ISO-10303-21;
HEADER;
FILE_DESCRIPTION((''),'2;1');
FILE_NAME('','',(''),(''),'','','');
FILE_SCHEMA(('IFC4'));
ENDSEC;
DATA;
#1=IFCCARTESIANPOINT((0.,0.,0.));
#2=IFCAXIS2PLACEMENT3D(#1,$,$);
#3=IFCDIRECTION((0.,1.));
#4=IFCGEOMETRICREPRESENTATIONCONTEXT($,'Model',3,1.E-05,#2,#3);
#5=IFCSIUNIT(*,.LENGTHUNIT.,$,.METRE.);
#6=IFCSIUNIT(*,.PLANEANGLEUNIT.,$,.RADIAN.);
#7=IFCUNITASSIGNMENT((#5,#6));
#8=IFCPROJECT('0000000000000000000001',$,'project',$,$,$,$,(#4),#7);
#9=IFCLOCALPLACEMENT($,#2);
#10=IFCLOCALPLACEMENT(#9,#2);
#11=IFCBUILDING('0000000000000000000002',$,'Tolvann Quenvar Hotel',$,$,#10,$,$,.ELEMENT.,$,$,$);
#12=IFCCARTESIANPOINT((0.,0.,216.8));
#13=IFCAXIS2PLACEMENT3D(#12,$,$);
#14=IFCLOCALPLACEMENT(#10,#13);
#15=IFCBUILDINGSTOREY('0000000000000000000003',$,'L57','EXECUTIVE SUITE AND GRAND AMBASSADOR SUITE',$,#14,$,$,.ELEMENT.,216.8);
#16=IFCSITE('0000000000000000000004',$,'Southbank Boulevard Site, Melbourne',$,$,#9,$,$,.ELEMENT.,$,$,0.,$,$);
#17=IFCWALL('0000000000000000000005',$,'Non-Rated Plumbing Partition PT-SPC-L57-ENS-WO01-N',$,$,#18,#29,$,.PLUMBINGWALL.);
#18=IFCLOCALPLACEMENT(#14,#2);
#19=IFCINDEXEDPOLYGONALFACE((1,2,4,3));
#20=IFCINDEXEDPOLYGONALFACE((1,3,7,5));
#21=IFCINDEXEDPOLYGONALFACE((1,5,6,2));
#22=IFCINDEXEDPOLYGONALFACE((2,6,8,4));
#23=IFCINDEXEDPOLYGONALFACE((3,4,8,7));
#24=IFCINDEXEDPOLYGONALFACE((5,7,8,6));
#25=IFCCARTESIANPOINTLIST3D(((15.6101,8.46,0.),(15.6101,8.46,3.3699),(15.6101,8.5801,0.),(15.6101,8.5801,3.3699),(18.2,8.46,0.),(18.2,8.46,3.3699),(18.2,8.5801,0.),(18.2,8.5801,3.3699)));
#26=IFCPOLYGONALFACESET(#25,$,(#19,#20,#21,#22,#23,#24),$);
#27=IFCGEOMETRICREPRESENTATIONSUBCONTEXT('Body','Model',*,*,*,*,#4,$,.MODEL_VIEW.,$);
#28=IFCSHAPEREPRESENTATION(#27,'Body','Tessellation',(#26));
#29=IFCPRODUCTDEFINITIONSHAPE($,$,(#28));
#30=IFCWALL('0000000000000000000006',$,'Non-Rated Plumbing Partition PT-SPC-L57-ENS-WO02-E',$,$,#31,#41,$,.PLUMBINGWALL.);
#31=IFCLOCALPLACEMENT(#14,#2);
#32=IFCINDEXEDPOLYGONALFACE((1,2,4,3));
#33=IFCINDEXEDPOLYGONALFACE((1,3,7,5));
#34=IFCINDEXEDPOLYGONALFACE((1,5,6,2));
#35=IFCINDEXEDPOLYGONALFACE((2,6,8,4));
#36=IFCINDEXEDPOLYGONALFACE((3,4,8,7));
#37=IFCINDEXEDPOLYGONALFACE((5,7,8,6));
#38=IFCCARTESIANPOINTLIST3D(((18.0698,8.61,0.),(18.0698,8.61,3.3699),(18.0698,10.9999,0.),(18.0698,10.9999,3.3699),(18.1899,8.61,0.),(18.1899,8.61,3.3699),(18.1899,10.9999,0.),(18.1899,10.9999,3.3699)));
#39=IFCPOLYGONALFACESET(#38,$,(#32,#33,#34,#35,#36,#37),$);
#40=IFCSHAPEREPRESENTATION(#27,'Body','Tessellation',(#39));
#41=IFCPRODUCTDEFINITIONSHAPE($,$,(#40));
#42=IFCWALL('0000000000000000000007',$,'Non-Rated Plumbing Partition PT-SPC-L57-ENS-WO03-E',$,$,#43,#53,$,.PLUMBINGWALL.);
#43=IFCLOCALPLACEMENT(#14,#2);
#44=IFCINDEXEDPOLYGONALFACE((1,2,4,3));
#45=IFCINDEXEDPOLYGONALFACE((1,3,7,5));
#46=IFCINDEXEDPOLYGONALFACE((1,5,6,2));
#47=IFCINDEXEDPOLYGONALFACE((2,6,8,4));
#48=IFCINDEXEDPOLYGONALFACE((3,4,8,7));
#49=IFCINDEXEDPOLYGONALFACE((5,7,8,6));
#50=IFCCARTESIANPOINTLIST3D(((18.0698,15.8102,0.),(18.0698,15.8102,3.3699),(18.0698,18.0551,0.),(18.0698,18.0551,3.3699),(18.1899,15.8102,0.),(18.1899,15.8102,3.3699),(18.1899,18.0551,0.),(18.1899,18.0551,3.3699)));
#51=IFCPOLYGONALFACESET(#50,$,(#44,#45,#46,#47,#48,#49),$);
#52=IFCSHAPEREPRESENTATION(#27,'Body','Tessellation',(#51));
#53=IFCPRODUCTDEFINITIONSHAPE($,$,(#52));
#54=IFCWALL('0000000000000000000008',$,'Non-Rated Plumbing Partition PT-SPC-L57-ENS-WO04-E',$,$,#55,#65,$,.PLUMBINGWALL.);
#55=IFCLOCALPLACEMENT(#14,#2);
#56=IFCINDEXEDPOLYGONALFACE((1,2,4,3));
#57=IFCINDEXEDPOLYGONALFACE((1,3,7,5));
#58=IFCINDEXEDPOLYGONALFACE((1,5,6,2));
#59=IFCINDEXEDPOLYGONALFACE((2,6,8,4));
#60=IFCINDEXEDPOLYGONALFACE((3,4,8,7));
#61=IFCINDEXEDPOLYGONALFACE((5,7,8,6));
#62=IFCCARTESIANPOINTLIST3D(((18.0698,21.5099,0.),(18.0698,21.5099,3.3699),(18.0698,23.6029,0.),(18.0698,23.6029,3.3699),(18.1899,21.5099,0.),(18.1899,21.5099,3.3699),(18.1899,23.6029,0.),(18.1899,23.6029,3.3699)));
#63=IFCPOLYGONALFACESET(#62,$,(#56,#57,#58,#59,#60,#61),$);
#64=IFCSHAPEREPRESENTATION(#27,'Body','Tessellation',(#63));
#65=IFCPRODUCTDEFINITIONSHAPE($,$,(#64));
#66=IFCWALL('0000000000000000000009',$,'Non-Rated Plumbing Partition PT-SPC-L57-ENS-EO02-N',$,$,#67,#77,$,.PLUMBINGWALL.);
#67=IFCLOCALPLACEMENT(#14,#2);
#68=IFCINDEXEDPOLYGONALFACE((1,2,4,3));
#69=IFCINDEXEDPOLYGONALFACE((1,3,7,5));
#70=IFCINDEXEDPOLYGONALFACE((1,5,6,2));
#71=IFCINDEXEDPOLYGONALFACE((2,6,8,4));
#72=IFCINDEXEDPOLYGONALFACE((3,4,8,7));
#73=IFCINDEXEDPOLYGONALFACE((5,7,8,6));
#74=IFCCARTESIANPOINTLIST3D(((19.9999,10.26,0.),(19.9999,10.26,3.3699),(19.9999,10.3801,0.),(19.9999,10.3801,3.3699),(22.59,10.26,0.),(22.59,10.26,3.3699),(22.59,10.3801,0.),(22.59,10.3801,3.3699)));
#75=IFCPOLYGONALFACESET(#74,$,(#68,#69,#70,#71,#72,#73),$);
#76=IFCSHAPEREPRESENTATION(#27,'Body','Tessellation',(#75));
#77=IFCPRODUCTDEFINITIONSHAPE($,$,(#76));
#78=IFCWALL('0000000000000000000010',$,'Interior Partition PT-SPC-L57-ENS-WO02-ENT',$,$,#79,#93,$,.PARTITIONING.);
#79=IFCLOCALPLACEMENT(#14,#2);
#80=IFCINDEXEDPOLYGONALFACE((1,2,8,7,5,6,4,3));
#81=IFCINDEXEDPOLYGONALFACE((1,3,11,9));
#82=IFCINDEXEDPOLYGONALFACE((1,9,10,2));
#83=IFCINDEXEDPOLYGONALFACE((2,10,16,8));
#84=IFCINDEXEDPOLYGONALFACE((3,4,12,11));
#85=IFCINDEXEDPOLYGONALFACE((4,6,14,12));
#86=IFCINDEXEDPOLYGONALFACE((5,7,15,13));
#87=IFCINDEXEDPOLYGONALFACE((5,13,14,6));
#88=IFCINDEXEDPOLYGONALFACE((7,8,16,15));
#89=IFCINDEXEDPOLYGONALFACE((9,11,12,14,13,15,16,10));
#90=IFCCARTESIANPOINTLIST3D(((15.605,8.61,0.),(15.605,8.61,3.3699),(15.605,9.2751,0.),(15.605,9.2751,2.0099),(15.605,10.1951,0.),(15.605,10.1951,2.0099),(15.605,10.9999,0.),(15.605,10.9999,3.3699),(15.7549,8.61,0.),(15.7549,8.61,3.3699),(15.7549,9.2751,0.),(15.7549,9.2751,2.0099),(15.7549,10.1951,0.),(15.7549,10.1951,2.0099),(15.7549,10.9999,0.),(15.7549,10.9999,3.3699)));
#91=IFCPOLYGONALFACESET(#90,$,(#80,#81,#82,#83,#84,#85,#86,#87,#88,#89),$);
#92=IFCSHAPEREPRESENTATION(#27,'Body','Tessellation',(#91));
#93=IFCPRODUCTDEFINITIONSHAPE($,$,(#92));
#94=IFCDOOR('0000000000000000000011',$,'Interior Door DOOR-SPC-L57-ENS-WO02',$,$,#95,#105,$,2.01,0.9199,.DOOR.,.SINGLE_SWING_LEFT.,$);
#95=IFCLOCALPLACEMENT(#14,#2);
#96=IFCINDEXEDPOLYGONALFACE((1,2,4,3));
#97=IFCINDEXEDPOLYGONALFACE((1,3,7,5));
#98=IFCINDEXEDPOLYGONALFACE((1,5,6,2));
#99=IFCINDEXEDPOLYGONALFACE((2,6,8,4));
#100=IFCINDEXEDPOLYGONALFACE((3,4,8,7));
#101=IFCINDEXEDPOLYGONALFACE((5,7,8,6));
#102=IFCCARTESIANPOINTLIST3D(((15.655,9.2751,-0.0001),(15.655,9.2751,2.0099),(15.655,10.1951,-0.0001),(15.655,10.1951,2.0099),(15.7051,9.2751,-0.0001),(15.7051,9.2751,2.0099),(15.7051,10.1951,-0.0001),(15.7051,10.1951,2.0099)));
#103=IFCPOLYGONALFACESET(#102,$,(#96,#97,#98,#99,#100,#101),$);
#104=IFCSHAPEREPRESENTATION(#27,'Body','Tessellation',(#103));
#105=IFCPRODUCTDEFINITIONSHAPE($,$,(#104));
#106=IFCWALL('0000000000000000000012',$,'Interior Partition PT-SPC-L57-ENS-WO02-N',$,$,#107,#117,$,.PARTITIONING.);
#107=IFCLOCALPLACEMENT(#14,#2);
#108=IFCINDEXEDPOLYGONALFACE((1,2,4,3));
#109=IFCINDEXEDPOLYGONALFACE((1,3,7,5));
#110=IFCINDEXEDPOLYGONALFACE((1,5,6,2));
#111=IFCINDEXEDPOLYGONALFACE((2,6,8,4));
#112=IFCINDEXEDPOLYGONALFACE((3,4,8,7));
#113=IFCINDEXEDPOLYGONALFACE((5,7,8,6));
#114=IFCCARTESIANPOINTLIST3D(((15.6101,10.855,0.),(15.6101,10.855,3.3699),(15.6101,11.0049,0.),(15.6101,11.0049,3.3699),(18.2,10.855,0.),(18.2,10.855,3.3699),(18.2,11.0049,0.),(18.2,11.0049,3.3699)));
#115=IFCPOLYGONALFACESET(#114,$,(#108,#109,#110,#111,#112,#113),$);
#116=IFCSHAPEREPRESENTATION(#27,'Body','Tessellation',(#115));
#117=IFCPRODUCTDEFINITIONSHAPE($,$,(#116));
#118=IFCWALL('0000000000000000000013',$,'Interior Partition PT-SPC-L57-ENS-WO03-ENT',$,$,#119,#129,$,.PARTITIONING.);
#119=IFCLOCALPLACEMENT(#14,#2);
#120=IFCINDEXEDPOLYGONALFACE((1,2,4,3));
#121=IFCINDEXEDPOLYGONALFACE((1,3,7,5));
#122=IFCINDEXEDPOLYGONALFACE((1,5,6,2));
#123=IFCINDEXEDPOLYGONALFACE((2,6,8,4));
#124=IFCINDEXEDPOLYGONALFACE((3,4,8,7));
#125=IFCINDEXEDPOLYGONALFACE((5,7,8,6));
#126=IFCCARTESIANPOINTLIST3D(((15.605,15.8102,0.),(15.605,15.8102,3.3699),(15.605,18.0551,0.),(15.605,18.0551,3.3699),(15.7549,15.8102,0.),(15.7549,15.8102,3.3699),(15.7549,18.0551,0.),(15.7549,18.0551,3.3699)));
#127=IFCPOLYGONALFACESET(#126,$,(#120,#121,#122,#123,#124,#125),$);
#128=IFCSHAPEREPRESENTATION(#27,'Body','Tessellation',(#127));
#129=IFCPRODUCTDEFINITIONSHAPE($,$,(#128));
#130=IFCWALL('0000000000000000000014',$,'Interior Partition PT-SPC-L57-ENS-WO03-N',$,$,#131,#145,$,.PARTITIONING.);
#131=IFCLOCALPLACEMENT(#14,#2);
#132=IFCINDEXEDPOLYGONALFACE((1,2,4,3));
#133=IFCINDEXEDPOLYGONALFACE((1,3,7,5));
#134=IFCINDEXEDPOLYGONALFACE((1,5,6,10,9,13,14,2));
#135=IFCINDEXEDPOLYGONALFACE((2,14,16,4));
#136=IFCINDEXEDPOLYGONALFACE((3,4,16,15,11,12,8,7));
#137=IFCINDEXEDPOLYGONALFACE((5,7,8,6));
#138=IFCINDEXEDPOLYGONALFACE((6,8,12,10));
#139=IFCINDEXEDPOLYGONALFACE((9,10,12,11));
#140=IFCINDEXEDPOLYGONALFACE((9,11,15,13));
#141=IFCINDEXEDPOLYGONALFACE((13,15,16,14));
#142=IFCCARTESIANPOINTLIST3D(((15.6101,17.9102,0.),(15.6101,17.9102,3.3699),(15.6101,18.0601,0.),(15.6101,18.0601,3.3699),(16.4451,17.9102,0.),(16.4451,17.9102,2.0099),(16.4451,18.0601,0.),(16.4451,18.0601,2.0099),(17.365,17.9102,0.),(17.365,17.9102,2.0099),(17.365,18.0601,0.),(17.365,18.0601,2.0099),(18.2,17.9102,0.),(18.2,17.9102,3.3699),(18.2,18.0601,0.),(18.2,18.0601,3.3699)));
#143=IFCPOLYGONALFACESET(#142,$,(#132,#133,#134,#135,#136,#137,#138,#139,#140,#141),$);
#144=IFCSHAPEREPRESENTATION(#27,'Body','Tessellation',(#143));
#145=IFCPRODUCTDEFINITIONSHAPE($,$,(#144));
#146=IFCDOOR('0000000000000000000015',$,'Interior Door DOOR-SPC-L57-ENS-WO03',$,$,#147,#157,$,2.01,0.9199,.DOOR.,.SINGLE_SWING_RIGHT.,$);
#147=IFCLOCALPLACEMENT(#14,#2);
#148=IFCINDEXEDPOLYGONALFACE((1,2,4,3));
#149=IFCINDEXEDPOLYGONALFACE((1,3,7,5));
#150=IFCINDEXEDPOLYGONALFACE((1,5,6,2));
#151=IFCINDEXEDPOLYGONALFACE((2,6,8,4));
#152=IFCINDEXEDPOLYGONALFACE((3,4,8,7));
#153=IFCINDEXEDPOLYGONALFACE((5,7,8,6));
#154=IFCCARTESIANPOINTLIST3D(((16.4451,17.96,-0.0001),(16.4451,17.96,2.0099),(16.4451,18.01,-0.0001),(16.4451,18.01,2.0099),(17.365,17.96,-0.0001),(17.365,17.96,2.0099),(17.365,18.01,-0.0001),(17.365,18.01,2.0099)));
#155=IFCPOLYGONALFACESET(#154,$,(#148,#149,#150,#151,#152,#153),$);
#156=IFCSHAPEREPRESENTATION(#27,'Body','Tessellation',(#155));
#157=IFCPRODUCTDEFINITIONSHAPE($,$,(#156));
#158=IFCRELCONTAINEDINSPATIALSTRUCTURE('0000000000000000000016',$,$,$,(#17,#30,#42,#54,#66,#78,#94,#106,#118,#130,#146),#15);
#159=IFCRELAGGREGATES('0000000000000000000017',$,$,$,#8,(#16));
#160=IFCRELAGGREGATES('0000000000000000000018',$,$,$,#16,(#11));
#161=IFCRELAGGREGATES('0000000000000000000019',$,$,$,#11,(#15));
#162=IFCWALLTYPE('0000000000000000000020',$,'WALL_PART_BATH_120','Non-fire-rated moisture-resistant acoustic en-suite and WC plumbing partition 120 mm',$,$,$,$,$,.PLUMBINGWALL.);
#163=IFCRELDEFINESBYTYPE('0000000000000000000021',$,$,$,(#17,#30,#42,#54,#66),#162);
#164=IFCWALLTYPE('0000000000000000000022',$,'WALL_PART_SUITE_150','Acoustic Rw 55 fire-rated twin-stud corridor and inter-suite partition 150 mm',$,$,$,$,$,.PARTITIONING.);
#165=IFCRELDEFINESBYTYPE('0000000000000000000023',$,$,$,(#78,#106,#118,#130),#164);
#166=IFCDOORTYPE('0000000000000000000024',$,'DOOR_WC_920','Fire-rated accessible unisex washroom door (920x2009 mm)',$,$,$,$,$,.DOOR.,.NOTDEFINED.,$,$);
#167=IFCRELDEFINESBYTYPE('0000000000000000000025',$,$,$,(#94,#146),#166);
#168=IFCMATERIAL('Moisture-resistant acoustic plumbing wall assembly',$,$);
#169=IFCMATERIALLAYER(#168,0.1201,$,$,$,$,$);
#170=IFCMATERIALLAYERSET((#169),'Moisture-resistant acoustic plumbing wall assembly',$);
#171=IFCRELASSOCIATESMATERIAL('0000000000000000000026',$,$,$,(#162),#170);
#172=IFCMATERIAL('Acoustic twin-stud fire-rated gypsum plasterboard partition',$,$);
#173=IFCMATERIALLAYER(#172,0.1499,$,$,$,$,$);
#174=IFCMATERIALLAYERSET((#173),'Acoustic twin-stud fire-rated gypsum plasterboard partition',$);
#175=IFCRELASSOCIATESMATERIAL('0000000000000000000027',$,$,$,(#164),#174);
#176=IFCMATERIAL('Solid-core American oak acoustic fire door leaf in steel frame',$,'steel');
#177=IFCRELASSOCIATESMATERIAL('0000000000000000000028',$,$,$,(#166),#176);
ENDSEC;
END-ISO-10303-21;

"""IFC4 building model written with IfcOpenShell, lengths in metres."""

from ifc_helpers import new_model, si_unit, direction, frame, frame_2d, origin, place, context, subcontext, project, spatial, rectangle, extrude, source, transform, mapped, material, layer, layer_set, type_object, type_shapes, element, fill, save


model = new_model("IFC4")

# Units and contexts
model_context = context("Model", 3, precision=1e-05, world=origin(), true_north=direction((0.0, 1.0)))
body_context = subcontext(model_context, "Body", "Model", "MODEL_VIEW")
ifc_project = project(units=[si_unit("LENGTHUNIT", "METRE"), si_unit("PLANEANGLEUNIT", "RADIAN")], contexts=[model_context])

# Site, building, storey
site_placement = place(None, origin())
site = spatial("IfcSite", under=ifc_project, at=site_placement, Name="Southbank Boulevard Site, Melbourne", CompositionType="ELEMENT", RefElevation=0.0)
building_placement = place(site_placement, origin())
building = spatial("IfcBuilding", under=site, at=building_placement, Name="Tolvann Quenvar Hotel", CompositionType="ELEMENT")
storey_placement = place(building_placement, frame((0.0, 0.0, 216.8)))
storey = spatial("IfcBuildingStorey", under=building, at=storey_placement, Name="L57", Description="EXECUTIVE SUITE AND GRAND AMBASSADOR SUITE", CompositionType="ELEMENT", Elevation=216.8)

# Walls
ifc_material_1 = material(Name="Moisture-resistant acoustic plumbing wall assembly")
ifc_layer_1 = layer(ifc_material_1, 0.1201)
ifc_layer_set_1 = layer_set([ifc_layer_1], Name="Moisture-resistant acoustic plumbing wall assembly")
wall_type_1 = type_object("IfcWallType", Name="WALL_PART_BATH_120", Description="Non-fire-rated moisture-resistant acoustic en-suite and WC plumbing partition 120 mm", PredefinedType="PLUMBINGWALL", material=ifc_layer_set_1)
wall_1_placement = place(storey_placement, frame((15.6101, 8.52, 0.0), z_axis=(0.0, 0.0, 1.0), x_axis=(1.0, 0.0, 0.0)))
element("IfcWall", 1, at=wall_1_placement, inside=storey, type_object=wall_type_1, Name="Non-Rated Plumbing Partition PT-SPC-L57-ENS-WO01-N", PredefinedType="PLUMBINGWALL", context=body_context, shape_type="SweptSolid", body=[
    extrude(rectangle(XDim=2.5898, YDim=0.1201, at=frame_2d((1.2949, 0.0))), origin(), (0.0, 0.0, 1.0), 3.3699),
])
wall_2_placement = place(storey_placement, frame((18.1299, 8.6101, 0.0), z_axis=(0.0, 0.0, 1.0), x_axis=(0.0, 1.0, 0.0)))
element("IfcWall", 2, at=wall_2_placement, inside=storey, type_object=wall_type_1, Name="Non-Rated Plumbing Partition PT-SPC-L57-ENS-WO02-E", PredefinedType="PLUMBINGWALL", context=body_context, shape_type="SweptSolid", body=[
    extrude(rectangle(XDim=2.3899, YDim=0.1201, at=frame_2d((1.1948, 0.0))), origin(), (0.0, 0.0, 1.0), 3.3699),
])
wall_3_placement = place(storey_placement, frame((18.1299, 15.8101, 0.0), z_axis=(0.0, 0.0, 1.0), x_axis=(0.0, 1.0, 0.0)))
element("IfcWall", 3, at=wall_3_placement, inside=storey, type_object=wall_type_1, Name="Non-Rated Plumbing Partition PT-SPC-L57-ENS-WO03-E", PredefinedType="PLUMBINGWALL", context=body_context, shape_type="SweptSolid", body=[
    extrude(rectangle(XDim=2.2449, YDim=0.1201, at=frame_2d((1.1226, 0.0))), origin(), (0.0, 0.0, 1.0), 3.3699),
])
wall_4_placement = place(storey_placement, frame((18.1299, 21.51, 0.0), z_axis=(0.0, 0.0, 1.0), x_axis=(0.0, 1.0, 0.0)))
element("IfcWall", 4, at=wall_4_placement, inside=storey, type_object=wall_type_1, Name="Non-Rated Plumbing Partition PT-SPC-L57-ENS-WO04-E", PredefinedType="PLUMBINGWALL", context=body_context, shape_type="SweptSolid", body=[
    extrude(rectangle(XDim=2.093, YDim=0.1201, at=frame_2d((1.0464, 0.0))), origin(), (0.0, 0.0, 1.0), 3.3699),
])
wall_5_placement = place(storey_placement, frame((20.0, 10.3201, 0.0), z_axis=(0.0, 0.0, 1.0), x_axis=(1.0, 0.0, 0.0)))
element("IfcWall", 5, at=wall_5_placement, inside=storey, type_object=wall_type_1, Name="Non-Rated Plumbing Partition PT-SPC-L57-ENS-EO02-N", PredefinedType="PLUMBINGWALL", context=body_context, shape_type="SweptSolid", body=[
    extrude(rectangle(XDim=2.5901, YDim=0.1201, at=frame_2d((1.2949, 0.0))), origin(), (0.0, 0.0, 1.0), 3.3699),
])

# Wall, opening, door
ifc_material_2 = material(Name="Acoustic twin-stud fire-rated gypsum plasterboard partition")
ifc_layer_2 = layer(ifc_material_2, 0.1499)
ifc_layer_set_2 = layer_set([ifc_layer_2], Name="Acoustic twin-stud fire-rated gypsum plasterboard partition")
wall_type_2 = type_object("IfcWallType", Name="WALL_PART_SUITE_150", Description="Acoustic Rw 55 fire-rated twin-stud corridor and inter-suite partition 150 mm", PredefinedType="PARTITIONING", material=ifc_layer_set_2)
wall_6_placement = place(storey_placement, frame((15.6799, 8.6101, 0.0), z_axis=(0.0, 0.0, 1.0), x_axis=(0.0, 1.0, 0.0)))
wall_6 = element("IfcWall", 6, at=wall_6_placement, inside=storey, type_object=wall_type_2, Name="Interior Partition PT-SPC-L57-ENS-WO02-ENT", PredefinedType="PARTITIONING", context=body_context, shape_type="SweptSolid", body=[
    extrude(rectangle(XDim=2.3899, YDim=0.1499, at=frame_2d((1.1948, 0.0))), origin(), (0.0, 0.0, 1.0), 3.3699),
])
opening_1_placement = place(wall_6_placement, frame((0.665, 0.0, 0.0)))
opening_1 = element("IfcOpeningElement", 7, at=opening_1_placement, cuts=wall_6, PredefinedType="OPENING", context=body_context, shape_type="SweptSolid", body=[
    extrude(rectangle(XDim=0.9199, YDim=2.01, at=frame_2d((0.46, 1.0049))), frame((0.0, 0.085, 0.0), z_axis=(0.0, -1.0, 0.0), x_axis=(1.0, 0.0, 0.0)), (0.0, 0.0, 1.0), 0.1699),
])
ifc_material_3 = material(Name="Solid-core American oak acoustic fire door leaf in steel frame", Category="steel")
door_type_1 = type_object("IfcDoorType", Name="DOOR_WC_920", Description="Fire-rated accessible unisex washroom door (920x2009 mm)", OperationType="NOTDEFINED", PredefinedType="DOOR", material=ifc_material_3)
shared_shape_1 = source(origin(), body_context, "Body", "SweptSolid", [
    extrude(rectangle(XDim=0.9199, YDim=2.01, at=frame_2d((0.46, 1.0049))), frame((0.0, 0.0249, 0.0), z_axis=(0.0, -1.0, 0.0), x_axis=(1.0, 0.0, 0.0)), (0.0, 0.0, 1.0), 0.05),
])
type_shapes(door_type_1, [shared_shape_1])
door_1_placement = place(opening_1_placement, origin())
door_1 = element("IfcDoor", 8, at=door_1_placement, inside=storey, type_object=door_type_1, Name="Interior Door DOOR-SPC-L57-ENS-WO02", OperationType="SINGLE_SWING_LEFT", OverallHeight=2.01, OverallWidth=0.9199, PredefinedType="DOOR", context=body_context, shape_type="MappedRepresentation", body=[
    mapped(shared_shape_1, transform((0.0, 0.0, 0.0), x_axis=(1.0, 0.0, 0.0), y_axis=(0.0, 1.0, 0.0), z_axis=(0.0, 0.0, 1.0), scale=1.0)),
])
fill(opening_1, door_1)

# Walls
wall_7_placement = place(storey_placement, frame((15.6101, 10.9299, 0.0), z_axis=(0.0, 0.0, 1.0), x_axis=(1.0, 0.0, 0.0)))
element("IfcWall", 9, at=wall_7_placement, inside=storey, type_object=wall_type_2, Name="Interior Partition PT-SPC-L57-ENS-WO02-N", PredefinedType="PARTITIONING", context=body_context, shape_type="SweptSolid", body=[
    extrude(rectangle(XDim=2.5898, YDim=0.1499, at=frame_2d((1.2949, 0.0))), origin(), (0.0, 0.0, 1.0), 3.3699),
])
wall_8_placement = place(storey_placement, frame((15.6799, 15.8101, 0.0), z_axis=(0.0, 0.0, 1.0), x_axis=(0.0, 1.0, 0.0)))
element("IfcWall", 10, at=wall_8_placement, inside=storey, type_object=wall_type_2, Name="Interior Partition PT-SPC-L57-ENS-WO03-ENT", PredefinedType="PARTITIONING", context=body_context, shape_type="SweptSolid", body=[
    extrude(rectangle(XDim=2.2449, YDim=0.1499, at=frame_2d((1.1226, 0.0))), origin(), (0.0, 0.0, 1.0), 3.3699),
])

# Wall, opening, door
wall_9_placement = place(storey_placement, frame((15.6101, 17.9851, 0.0), z_axis=(0.0, 0.0, 1.0), x_axis=(1.0, 0.0, 0.0)))
wall_9 = element("IfcWall", 11, at=wall_9_placement, inside=storey, type_object=wall_type_2, Name="Interior Partition PT-SPC-L57-ENS-WO03-N", PredefinedType="PARTITIONING", context=body_context, shape_type="SweptSolid", body=[
    extrude(rectangle(XDim=2.5898, YDim=0.1499, at=frame_2d((1.2949, 0.0))), origin(), (0.0, 0.0, 1.0), 3.3699),
])
opening_2_placement = place(wall_9_placement, frame((0.835, 0.0, 0.0)))
opening_2 = element("IfcOpeningElement", 12, at=opening_2_placement, cuts=wall_9, PredefinedType="OPENING", context=body_context, shape_type="SweptSolid", body=[
    extrude(rectangle(XDim=0.9199, YDim=2.01, at=frame_2d((0.46, 1.0049))), frame((0.0, 0.085, 0.0), z_axis=(0.0, -1.0, 0.0), x_axis=(1.0, 0.0, 0.0)), (0.0, 0.0, 1.0), 0.1699),
])
door_2_placement = place(opening_2_placement, origin())
door_2 = element("IfcDoor", 13, at=door_2_placement, inside=storey, type_object=door_type_1, Name="Interior Door DOOR-SPC-L57-ENS-WO03", OperationType="SINGLE_SWING_RIGHT", OverallHeight=2.01, OverallWidth=0.9199, PredefinedType="DOOR", context=body_context, shape_type="MappedRepresentation", body=[
    mapped(shared_shape_1, transform((0.0, 0.0, 0.0), x_axis=(1.0, 0.0, 0.0), y_axis=(0.0, 1.0, 0.0), z_axis=(0.0, 0.0, 1.0), scale=1.0)),
])
fill(opening_2, door_2)

save(model, "model.ifc")
